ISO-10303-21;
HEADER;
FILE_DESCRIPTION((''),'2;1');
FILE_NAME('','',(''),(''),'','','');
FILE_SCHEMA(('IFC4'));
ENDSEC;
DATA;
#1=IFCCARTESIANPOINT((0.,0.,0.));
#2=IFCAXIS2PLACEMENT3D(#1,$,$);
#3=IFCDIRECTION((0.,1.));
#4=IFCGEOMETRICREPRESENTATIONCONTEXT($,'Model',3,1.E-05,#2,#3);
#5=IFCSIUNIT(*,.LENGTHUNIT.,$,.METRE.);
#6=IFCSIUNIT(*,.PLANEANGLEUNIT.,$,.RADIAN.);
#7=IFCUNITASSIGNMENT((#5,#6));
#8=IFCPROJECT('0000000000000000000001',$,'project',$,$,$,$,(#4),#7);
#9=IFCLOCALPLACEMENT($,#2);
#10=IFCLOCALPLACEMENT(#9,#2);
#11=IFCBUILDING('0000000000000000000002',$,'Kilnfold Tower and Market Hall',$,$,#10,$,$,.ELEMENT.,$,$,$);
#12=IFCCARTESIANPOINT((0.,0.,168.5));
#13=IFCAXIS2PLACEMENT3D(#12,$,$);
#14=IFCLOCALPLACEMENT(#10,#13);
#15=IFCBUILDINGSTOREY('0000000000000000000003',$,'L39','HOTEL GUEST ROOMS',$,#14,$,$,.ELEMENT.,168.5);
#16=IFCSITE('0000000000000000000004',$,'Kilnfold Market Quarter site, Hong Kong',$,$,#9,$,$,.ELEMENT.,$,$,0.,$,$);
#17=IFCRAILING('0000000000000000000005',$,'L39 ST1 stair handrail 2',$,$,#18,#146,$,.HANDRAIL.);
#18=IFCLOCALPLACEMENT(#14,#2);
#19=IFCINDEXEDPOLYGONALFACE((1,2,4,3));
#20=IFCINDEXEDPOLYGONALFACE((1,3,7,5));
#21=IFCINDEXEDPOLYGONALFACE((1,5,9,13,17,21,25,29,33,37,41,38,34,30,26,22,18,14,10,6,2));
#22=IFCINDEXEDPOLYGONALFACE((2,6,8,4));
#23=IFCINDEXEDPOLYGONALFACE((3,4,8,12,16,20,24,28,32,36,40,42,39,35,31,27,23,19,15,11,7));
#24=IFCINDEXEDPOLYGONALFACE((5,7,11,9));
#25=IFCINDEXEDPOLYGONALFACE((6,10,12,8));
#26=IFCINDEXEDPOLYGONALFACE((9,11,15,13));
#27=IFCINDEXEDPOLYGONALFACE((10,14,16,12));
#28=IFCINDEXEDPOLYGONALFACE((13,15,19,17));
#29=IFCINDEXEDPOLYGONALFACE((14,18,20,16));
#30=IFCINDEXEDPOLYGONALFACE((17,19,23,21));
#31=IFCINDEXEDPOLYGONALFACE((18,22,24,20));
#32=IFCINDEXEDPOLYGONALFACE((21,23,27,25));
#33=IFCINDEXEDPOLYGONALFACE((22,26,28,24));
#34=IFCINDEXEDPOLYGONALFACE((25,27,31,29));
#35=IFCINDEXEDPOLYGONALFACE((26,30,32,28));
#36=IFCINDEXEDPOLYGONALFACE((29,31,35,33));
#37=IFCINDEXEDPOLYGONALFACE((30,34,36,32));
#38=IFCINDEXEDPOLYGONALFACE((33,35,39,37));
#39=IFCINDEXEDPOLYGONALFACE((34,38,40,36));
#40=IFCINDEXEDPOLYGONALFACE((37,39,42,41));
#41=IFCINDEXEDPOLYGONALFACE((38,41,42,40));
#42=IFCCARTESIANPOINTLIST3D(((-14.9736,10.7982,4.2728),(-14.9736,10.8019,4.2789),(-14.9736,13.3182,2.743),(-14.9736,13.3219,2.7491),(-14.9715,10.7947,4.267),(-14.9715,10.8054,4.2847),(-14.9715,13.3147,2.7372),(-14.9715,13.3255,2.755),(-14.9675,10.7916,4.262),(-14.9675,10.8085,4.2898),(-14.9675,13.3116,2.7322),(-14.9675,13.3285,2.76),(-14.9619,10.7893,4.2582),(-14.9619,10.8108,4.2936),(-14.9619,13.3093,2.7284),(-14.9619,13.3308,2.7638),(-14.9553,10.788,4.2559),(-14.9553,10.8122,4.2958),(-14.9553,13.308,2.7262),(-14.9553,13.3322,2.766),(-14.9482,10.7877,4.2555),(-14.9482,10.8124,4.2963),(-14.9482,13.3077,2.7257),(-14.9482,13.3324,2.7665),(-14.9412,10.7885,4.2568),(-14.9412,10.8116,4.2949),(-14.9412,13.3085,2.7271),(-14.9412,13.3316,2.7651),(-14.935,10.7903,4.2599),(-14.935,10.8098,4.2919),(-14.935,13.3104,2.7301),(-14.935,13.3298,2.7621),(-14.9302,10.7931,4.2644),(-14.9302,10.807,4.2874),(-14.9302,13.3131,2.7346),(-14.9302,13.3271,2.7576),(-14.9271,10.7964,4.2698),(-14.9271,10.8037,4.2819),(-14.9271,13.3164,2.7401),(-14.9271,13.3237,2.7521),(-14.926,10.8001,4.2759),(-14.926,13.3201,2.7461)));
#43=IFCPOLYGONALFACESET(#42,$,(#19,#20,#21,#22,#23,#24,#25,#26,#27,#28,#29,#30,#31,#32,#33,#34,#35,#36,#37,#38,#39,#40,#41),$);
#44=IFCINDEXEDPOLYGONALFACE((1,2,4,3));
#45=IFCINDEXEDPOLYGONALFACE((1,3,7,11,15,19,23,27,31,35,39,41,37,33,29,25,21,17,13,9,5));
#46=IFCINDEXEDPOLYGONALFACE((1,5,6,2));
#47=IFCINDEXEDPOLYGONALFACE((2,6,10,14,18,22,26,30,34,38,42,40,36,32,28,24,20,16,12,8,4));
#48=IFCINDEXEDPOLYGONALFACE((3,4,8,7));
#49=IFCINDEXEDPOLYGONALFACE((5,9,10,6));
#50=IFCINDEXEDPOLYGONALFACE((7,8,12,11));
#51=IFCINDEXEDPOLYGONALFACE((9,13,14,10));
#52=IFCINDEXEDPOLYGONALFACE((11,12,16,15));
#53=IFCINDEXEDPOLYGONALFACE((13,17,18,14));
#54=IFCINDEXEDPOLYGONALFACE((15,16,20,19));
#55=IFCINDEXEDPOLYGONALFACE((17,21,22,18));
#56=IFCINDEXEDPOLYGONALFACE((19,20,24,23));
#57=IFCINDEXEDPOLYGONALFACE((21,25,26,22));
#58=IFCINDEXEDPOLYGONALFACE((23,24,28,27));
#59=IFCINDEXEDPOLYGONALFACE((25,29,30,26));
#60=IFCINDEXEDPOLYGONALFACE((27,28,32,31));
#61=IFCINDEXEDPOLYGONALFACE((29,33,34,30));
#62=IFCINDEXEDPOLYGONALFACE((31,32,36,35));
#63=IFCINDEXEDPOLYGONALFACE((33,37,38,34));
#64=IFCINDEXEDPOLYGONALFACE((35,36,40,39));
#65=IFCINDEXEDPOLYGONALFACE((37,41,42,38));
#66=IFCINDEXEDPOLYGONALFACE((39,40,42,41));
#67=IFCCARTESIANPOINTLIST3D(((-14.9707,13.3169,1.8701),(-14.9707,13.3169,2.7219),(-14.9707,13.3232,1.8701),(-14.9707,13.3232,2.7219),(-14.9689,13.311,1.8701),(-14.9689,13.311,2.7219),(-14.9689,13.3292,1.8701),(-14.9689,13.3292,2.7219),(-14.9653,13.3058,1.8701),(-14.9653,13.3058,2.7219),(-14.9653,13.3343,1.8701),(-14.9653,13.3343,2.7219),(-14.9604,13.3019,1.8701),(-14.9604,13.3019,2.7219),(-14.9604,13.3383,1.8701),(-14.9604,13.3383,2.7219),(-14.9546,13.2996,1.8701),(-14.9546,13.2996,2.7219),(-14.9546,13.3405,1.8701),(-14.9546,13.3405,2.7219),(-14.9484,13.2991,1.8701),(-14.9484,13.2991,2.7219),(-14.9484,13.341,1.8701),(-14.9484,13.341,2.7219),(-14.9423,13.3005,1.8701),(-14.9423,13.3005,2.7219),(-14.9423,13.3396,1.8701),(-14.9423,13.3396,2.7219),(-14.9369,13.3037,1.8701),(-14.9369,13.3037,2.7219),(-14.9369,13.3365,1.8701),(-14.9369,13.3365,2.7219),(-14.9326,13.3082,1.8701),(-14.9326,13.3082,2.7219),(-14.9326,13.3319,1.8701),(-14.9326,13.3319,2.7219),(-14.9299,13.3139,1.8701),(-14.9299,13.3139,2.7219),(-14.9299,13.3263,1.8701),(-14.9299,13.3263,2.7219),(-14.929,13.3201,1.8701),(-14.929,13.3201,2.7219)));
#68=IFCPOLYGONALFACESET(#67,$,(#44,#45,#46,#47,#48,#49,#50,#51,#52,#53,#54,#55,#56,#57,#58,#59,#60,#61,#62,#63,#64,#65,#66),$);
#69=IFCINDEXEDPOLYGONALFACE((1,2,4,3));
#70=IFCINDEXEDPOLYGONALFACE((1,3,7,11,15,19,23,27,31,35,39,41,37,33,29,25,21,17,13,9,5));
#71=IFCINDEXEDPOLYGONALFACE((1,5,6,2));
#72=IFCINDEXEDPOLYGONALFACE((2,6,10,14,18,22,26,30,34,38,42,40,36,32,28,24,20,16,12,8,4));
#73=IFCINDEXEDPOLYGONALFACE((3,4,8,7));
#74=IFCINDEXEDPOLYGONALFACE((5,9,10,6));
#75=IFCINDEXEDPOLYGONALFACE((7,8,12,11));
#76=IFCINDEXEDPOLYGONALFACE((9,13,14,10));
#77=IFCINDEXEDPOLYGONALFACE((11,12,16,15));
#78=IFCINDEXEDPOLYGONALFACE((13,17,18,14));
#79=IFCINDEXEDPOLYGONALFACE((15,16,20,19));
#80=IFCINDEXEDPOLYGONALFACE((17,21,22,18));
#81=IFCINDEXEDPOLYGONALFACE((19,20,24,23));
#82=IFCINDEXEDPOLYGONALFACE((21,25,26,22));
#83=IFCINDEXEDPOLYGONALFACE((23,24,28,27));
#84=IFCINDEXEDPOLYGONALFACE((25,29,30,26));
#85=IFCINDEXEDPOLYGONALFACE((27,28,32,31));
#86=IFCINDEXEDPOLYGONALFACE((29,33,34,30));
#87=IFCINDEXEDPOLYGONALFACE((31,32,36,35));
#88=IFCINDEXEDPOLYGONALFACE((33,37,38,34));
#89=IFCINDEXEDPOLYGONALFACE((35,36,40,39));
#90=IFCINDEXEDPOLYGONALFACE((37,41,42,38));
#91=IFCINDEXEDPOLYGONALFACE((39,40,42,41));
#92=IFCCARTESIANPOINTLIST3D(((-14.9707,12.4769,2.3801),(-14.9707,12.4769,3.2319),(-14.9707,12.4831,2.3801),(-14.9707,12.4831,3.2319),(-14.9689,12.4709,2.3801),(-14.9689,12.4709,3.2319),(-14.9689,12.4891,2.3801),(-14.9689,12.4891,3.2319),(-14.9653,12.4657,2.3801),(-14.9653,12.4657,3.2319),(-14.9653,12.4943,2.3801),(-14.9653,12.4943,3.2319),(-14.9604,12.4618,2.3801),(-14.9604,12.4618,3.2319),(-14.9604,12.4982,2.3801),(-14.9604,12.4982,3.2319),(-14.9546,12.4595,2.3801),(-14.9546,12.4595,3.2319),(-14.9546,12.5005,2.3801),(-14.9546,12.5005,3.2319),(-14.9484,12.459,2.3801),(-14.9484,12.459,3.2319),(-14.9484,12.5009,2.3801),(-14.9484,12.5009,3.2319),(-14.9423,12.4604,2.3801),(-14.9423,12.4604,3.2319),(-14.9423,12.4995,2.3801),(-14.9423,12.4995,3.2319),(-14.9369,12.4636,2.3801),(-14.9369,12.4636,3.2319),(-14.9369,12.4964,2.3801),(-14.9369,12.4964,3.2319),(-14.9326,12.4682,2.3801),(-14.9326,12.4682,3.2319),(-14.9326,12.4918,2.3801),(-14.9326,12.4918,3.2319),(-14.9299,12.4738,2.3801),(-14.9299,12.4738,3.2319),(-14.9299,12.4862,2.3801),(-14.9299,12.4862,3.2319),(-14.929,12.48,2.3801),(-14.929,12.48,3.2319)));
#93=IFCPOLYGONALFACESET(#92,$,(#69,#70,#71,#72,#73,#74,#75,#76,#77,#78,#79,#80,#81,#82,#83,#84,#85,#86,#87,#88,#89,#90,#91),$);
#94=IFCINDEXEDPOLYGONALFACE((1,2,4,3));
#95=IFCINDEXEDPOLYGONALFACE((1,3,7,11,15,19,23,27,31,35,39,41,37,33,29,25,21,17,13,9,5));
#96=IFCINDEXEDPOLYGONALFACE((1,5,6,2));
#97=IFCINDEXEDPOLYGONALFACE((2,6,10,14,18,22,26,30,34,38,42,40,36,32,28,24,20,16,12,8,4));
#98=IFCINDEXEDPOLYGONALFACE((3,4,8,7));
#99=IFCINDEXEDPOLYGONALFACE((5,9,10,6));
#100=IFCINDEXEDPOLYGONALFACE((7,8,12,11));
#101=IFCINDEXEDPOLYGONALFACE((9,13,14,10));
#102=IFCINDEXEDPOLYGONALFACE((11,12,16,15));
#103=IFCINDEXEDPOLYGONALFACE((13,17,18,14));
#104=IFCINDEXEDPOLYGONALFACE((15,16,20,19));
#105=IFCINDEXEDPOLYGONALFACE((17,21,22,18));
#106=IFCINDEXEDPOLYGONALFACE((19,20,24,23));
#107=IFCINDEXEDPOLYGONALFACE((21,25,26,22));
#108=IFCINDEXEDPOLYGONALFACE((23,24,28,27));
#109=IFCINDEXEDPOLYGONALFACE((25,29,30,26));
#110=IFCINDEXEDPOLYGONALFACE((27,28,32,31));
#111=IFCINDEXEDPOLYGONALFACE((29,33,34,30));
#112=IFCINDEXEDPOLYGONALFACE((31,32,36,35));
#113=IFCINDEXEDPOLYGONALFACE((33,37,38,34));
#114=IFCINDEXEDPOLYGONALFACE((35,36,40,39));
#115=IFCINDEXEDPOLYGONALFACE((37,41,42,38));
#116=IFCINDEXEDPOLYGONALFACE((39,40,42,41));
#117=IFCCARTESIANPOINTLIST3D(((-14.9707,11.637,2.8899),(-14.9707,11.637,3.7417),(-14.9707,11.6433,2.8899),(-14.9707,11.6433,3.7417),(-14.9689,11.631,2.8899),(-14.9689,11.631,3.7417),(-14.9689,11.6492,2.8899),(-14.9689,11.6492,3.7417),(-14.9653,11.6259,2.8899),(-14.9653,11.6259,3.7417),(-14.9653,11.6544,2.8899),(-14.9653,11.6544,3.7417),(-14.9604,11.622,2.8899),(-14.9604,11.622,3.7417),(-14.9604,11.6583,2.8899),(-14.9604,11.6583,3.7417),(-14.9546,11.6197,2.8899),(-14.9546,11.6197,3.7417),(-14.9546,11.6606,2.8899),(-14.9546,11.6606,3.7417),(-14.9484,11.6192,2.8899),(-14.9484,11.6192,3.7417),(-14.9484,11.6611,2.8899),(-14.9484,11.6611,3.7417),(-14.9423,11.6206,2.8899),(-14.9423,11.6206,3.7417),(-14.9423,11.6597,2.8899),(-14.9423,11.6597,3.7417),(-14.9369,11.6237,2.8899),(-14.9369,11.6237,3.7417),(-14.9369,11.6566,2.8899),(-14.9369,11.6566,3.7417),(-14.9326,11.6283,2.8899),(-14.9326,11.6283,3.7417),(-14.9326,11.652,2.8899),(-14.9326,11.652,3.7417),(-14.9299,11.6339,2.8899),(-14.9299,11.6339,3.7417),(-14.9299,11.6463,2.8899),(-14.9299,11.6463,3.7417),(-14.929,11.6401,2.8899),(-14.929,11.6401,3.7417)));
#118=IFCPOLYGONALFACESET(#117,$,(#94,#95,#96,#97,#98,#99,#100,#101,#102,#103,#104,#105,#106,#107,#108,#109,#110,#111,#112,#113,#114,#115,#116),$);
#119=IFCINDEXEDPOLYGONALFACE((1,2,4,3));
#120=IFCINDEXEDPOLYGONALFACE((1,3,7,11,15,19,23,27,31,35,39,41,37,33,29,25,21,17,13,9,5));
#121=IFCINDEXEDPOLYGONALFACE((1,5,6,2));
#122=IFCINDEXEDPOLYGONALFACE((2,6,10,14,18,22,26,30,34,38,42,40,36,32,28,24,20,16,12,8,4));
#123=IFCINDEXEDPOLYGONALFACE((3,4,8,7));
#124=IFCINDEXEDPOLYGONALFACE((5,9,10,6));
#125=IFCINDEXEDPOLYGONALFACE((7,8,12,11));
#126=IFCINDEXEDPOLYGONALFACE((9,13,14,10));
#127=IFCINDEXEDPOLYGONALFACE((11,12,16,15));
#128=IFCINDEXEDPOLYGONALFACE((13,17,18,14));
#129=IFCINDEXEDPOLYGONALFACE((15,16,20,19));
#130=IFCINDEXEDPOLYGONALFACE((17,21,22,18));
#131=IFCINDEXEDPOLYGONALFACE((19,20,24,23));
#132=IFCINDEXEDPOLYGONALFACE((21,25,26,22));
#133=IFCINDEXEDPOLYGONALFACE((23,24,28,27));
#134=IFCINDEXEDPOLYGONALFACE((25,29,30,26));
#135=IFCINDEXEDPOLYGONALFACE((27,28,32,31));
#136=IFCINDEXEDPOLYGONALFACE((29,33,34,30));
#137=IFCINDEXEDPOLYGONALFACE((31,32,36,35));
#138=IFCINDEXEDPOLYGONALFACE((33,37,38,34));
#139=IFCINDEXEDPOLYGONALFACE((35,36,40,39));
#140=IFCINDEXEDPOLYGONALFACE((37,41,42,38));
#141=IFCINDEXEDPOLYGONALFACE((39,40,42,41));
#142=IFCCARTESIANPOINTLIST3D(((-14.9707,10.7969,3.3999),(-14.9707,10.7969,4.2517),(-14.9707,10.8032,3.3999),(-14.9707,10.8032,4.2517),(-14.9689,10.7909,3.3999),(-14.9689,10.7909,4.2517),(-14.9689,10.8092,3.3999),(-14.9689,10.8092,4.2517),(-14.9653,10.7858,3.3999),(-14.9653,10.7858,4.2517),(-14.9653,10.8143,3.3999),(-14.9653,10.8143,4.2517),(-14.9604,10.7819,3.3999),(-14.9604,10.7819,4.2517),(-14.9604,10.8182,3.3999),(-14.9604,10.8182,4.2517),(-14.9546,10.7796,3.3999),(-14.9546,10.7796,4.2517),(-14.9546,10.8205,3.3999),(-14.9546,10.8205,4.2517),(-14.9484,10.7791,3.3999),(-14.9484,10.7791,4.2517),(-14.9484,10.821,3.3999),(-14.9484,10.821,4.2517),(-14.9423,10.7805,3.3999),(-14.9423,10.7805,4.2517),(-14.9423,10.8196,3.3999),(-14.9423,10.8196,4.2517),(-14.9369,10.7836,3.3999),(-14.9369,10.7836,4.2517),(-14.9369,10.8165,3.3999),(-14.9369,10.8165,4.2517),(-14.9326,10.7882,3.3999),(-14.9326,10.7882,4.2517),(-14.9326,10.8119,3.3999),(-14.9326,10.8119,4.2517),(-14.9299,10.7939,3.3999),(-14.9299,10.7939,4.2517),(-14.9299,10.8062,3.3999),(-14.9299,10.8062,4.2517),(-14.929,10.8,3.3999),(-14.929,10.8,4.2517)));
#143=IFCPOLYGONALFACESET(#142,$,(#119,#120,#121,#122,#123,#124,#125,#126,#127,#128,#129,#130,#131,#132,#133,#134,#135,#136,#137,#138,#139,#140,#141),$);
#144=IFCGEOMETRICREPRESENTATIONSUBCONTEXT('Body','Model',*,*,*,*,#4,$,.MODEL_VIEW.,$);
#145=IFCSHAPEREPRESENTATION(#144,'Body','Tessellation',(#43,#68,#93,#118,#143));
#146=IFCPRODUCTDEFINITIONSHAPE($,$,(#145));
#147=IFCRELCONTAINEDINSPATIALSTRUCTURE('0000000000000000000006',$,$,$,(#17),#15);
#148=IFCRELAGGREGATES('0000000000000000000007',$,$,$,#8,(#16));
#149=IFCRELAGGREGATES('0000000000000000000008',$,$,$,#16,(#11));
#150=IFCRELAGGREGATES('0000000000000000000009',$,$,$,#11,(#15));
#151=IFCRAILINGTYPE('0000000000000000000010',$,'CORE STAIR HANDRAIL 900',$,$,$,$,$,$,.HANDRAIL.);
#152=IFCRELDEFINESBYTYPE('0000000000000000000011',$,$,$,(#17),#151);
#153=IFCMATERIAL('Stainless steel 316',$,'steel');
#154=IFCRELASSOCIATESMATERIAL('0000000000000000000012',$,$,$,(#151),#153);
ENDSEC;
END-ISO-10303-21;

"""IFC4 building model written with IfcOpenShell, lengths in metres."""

from ifc_helpers import new_model, si_unit, direction, frame, origin, origin_2d, place, context, subcontext, project, spatial, circle, extrude, material, type_object, element, save


model = new_model("IFC4")

# Units and contexts
model_context = context("Model", 3, precision=1e-05, world=origin(), true_north=direction((0.0, 1.0)))
body_context = subcontext(model_context, "Body", "Model", "MODEL_VIEW")
ifc_project = project(units=[si_unit("LENGTHUNIT", "METRE"), si_unit("PLANEANGLEUNIT", "RADIAN")], contexts=[model_context])

# Site, building, storey
site_placement = place(None, origin())
site = spatial("IfcSite", under=ifc_project, at=site_placement, Name="Kilnfold Market Quarter site, Hong Kong", CompositionType="ELEMENT", RefElevation=0.0)
building_placement = place(site_placement, origin())
building = spatial("IfcBuilding", under=site, at=building_placement, Name="Kilnfold Tower and Market Hall", CompositionType="ELEMENT")
storey_placement = place(building_placement, frame((0.0, 0.0, 168.5)))
storey = spatial("IfcBuildingStorey", under=building, at=storey_placement, Name="L39", Description="HOTEL GUEST ROOMS", CompositionType="ELEMENT", Elevation=168.5)

# Railing
ifc_material_1 = material(Name="Stainless steel 316", Category="steel")
railing_type = type_object("IfcRailingType", Name="CORE STAIR HANDRAIL 900", PredefinedType="HANDRAIL", material=ifc_material_1)
railing_placement = place(storey_placement, frame((-14.95, 13.3201, 1.8701)))
element("IfcRailing", 1, at=railing_placement, inside=storey, type_object=railing_type, Name="L39 ST1 stair handrail 2", PredefinedType="HANDRAIL", context=body_context, shape_type="SweptSolid", body=[
    extrude(circle(Radius=0.0239, at=origin_2d()), frame((0.0, 0.0, 0.876), z_axis=(0.0, -0.854822, 0.518922), x_axis=(1.0, 0.0, 0.0)), (0.0, 0.0, 1.0), 2.948),
    extrude(circle(Radius=0.021, at=origin_2d()), origin(), (0.0, 0.0, 1.0), 0.8518),
    extrude(circle(Radius=0.021, at=origin_2d()), frame((0.0, -0.8401, 0.51)), (0.0, 0.0, 1.0), 0.8518),
    extrude(circle(Radius=0.021, at=origin_2d()), frame((0.0, -1.6799, 1.0198)), (0.0, 0.0, 1.0), 0.8518),
    extrude(circle(Radius=0.021, at=origin_2d()), frame((0.0, -2.52, 1.5298)), (0.0, 0.0, 1.0), 0.8518),
])

save(model, "model.ifc")
